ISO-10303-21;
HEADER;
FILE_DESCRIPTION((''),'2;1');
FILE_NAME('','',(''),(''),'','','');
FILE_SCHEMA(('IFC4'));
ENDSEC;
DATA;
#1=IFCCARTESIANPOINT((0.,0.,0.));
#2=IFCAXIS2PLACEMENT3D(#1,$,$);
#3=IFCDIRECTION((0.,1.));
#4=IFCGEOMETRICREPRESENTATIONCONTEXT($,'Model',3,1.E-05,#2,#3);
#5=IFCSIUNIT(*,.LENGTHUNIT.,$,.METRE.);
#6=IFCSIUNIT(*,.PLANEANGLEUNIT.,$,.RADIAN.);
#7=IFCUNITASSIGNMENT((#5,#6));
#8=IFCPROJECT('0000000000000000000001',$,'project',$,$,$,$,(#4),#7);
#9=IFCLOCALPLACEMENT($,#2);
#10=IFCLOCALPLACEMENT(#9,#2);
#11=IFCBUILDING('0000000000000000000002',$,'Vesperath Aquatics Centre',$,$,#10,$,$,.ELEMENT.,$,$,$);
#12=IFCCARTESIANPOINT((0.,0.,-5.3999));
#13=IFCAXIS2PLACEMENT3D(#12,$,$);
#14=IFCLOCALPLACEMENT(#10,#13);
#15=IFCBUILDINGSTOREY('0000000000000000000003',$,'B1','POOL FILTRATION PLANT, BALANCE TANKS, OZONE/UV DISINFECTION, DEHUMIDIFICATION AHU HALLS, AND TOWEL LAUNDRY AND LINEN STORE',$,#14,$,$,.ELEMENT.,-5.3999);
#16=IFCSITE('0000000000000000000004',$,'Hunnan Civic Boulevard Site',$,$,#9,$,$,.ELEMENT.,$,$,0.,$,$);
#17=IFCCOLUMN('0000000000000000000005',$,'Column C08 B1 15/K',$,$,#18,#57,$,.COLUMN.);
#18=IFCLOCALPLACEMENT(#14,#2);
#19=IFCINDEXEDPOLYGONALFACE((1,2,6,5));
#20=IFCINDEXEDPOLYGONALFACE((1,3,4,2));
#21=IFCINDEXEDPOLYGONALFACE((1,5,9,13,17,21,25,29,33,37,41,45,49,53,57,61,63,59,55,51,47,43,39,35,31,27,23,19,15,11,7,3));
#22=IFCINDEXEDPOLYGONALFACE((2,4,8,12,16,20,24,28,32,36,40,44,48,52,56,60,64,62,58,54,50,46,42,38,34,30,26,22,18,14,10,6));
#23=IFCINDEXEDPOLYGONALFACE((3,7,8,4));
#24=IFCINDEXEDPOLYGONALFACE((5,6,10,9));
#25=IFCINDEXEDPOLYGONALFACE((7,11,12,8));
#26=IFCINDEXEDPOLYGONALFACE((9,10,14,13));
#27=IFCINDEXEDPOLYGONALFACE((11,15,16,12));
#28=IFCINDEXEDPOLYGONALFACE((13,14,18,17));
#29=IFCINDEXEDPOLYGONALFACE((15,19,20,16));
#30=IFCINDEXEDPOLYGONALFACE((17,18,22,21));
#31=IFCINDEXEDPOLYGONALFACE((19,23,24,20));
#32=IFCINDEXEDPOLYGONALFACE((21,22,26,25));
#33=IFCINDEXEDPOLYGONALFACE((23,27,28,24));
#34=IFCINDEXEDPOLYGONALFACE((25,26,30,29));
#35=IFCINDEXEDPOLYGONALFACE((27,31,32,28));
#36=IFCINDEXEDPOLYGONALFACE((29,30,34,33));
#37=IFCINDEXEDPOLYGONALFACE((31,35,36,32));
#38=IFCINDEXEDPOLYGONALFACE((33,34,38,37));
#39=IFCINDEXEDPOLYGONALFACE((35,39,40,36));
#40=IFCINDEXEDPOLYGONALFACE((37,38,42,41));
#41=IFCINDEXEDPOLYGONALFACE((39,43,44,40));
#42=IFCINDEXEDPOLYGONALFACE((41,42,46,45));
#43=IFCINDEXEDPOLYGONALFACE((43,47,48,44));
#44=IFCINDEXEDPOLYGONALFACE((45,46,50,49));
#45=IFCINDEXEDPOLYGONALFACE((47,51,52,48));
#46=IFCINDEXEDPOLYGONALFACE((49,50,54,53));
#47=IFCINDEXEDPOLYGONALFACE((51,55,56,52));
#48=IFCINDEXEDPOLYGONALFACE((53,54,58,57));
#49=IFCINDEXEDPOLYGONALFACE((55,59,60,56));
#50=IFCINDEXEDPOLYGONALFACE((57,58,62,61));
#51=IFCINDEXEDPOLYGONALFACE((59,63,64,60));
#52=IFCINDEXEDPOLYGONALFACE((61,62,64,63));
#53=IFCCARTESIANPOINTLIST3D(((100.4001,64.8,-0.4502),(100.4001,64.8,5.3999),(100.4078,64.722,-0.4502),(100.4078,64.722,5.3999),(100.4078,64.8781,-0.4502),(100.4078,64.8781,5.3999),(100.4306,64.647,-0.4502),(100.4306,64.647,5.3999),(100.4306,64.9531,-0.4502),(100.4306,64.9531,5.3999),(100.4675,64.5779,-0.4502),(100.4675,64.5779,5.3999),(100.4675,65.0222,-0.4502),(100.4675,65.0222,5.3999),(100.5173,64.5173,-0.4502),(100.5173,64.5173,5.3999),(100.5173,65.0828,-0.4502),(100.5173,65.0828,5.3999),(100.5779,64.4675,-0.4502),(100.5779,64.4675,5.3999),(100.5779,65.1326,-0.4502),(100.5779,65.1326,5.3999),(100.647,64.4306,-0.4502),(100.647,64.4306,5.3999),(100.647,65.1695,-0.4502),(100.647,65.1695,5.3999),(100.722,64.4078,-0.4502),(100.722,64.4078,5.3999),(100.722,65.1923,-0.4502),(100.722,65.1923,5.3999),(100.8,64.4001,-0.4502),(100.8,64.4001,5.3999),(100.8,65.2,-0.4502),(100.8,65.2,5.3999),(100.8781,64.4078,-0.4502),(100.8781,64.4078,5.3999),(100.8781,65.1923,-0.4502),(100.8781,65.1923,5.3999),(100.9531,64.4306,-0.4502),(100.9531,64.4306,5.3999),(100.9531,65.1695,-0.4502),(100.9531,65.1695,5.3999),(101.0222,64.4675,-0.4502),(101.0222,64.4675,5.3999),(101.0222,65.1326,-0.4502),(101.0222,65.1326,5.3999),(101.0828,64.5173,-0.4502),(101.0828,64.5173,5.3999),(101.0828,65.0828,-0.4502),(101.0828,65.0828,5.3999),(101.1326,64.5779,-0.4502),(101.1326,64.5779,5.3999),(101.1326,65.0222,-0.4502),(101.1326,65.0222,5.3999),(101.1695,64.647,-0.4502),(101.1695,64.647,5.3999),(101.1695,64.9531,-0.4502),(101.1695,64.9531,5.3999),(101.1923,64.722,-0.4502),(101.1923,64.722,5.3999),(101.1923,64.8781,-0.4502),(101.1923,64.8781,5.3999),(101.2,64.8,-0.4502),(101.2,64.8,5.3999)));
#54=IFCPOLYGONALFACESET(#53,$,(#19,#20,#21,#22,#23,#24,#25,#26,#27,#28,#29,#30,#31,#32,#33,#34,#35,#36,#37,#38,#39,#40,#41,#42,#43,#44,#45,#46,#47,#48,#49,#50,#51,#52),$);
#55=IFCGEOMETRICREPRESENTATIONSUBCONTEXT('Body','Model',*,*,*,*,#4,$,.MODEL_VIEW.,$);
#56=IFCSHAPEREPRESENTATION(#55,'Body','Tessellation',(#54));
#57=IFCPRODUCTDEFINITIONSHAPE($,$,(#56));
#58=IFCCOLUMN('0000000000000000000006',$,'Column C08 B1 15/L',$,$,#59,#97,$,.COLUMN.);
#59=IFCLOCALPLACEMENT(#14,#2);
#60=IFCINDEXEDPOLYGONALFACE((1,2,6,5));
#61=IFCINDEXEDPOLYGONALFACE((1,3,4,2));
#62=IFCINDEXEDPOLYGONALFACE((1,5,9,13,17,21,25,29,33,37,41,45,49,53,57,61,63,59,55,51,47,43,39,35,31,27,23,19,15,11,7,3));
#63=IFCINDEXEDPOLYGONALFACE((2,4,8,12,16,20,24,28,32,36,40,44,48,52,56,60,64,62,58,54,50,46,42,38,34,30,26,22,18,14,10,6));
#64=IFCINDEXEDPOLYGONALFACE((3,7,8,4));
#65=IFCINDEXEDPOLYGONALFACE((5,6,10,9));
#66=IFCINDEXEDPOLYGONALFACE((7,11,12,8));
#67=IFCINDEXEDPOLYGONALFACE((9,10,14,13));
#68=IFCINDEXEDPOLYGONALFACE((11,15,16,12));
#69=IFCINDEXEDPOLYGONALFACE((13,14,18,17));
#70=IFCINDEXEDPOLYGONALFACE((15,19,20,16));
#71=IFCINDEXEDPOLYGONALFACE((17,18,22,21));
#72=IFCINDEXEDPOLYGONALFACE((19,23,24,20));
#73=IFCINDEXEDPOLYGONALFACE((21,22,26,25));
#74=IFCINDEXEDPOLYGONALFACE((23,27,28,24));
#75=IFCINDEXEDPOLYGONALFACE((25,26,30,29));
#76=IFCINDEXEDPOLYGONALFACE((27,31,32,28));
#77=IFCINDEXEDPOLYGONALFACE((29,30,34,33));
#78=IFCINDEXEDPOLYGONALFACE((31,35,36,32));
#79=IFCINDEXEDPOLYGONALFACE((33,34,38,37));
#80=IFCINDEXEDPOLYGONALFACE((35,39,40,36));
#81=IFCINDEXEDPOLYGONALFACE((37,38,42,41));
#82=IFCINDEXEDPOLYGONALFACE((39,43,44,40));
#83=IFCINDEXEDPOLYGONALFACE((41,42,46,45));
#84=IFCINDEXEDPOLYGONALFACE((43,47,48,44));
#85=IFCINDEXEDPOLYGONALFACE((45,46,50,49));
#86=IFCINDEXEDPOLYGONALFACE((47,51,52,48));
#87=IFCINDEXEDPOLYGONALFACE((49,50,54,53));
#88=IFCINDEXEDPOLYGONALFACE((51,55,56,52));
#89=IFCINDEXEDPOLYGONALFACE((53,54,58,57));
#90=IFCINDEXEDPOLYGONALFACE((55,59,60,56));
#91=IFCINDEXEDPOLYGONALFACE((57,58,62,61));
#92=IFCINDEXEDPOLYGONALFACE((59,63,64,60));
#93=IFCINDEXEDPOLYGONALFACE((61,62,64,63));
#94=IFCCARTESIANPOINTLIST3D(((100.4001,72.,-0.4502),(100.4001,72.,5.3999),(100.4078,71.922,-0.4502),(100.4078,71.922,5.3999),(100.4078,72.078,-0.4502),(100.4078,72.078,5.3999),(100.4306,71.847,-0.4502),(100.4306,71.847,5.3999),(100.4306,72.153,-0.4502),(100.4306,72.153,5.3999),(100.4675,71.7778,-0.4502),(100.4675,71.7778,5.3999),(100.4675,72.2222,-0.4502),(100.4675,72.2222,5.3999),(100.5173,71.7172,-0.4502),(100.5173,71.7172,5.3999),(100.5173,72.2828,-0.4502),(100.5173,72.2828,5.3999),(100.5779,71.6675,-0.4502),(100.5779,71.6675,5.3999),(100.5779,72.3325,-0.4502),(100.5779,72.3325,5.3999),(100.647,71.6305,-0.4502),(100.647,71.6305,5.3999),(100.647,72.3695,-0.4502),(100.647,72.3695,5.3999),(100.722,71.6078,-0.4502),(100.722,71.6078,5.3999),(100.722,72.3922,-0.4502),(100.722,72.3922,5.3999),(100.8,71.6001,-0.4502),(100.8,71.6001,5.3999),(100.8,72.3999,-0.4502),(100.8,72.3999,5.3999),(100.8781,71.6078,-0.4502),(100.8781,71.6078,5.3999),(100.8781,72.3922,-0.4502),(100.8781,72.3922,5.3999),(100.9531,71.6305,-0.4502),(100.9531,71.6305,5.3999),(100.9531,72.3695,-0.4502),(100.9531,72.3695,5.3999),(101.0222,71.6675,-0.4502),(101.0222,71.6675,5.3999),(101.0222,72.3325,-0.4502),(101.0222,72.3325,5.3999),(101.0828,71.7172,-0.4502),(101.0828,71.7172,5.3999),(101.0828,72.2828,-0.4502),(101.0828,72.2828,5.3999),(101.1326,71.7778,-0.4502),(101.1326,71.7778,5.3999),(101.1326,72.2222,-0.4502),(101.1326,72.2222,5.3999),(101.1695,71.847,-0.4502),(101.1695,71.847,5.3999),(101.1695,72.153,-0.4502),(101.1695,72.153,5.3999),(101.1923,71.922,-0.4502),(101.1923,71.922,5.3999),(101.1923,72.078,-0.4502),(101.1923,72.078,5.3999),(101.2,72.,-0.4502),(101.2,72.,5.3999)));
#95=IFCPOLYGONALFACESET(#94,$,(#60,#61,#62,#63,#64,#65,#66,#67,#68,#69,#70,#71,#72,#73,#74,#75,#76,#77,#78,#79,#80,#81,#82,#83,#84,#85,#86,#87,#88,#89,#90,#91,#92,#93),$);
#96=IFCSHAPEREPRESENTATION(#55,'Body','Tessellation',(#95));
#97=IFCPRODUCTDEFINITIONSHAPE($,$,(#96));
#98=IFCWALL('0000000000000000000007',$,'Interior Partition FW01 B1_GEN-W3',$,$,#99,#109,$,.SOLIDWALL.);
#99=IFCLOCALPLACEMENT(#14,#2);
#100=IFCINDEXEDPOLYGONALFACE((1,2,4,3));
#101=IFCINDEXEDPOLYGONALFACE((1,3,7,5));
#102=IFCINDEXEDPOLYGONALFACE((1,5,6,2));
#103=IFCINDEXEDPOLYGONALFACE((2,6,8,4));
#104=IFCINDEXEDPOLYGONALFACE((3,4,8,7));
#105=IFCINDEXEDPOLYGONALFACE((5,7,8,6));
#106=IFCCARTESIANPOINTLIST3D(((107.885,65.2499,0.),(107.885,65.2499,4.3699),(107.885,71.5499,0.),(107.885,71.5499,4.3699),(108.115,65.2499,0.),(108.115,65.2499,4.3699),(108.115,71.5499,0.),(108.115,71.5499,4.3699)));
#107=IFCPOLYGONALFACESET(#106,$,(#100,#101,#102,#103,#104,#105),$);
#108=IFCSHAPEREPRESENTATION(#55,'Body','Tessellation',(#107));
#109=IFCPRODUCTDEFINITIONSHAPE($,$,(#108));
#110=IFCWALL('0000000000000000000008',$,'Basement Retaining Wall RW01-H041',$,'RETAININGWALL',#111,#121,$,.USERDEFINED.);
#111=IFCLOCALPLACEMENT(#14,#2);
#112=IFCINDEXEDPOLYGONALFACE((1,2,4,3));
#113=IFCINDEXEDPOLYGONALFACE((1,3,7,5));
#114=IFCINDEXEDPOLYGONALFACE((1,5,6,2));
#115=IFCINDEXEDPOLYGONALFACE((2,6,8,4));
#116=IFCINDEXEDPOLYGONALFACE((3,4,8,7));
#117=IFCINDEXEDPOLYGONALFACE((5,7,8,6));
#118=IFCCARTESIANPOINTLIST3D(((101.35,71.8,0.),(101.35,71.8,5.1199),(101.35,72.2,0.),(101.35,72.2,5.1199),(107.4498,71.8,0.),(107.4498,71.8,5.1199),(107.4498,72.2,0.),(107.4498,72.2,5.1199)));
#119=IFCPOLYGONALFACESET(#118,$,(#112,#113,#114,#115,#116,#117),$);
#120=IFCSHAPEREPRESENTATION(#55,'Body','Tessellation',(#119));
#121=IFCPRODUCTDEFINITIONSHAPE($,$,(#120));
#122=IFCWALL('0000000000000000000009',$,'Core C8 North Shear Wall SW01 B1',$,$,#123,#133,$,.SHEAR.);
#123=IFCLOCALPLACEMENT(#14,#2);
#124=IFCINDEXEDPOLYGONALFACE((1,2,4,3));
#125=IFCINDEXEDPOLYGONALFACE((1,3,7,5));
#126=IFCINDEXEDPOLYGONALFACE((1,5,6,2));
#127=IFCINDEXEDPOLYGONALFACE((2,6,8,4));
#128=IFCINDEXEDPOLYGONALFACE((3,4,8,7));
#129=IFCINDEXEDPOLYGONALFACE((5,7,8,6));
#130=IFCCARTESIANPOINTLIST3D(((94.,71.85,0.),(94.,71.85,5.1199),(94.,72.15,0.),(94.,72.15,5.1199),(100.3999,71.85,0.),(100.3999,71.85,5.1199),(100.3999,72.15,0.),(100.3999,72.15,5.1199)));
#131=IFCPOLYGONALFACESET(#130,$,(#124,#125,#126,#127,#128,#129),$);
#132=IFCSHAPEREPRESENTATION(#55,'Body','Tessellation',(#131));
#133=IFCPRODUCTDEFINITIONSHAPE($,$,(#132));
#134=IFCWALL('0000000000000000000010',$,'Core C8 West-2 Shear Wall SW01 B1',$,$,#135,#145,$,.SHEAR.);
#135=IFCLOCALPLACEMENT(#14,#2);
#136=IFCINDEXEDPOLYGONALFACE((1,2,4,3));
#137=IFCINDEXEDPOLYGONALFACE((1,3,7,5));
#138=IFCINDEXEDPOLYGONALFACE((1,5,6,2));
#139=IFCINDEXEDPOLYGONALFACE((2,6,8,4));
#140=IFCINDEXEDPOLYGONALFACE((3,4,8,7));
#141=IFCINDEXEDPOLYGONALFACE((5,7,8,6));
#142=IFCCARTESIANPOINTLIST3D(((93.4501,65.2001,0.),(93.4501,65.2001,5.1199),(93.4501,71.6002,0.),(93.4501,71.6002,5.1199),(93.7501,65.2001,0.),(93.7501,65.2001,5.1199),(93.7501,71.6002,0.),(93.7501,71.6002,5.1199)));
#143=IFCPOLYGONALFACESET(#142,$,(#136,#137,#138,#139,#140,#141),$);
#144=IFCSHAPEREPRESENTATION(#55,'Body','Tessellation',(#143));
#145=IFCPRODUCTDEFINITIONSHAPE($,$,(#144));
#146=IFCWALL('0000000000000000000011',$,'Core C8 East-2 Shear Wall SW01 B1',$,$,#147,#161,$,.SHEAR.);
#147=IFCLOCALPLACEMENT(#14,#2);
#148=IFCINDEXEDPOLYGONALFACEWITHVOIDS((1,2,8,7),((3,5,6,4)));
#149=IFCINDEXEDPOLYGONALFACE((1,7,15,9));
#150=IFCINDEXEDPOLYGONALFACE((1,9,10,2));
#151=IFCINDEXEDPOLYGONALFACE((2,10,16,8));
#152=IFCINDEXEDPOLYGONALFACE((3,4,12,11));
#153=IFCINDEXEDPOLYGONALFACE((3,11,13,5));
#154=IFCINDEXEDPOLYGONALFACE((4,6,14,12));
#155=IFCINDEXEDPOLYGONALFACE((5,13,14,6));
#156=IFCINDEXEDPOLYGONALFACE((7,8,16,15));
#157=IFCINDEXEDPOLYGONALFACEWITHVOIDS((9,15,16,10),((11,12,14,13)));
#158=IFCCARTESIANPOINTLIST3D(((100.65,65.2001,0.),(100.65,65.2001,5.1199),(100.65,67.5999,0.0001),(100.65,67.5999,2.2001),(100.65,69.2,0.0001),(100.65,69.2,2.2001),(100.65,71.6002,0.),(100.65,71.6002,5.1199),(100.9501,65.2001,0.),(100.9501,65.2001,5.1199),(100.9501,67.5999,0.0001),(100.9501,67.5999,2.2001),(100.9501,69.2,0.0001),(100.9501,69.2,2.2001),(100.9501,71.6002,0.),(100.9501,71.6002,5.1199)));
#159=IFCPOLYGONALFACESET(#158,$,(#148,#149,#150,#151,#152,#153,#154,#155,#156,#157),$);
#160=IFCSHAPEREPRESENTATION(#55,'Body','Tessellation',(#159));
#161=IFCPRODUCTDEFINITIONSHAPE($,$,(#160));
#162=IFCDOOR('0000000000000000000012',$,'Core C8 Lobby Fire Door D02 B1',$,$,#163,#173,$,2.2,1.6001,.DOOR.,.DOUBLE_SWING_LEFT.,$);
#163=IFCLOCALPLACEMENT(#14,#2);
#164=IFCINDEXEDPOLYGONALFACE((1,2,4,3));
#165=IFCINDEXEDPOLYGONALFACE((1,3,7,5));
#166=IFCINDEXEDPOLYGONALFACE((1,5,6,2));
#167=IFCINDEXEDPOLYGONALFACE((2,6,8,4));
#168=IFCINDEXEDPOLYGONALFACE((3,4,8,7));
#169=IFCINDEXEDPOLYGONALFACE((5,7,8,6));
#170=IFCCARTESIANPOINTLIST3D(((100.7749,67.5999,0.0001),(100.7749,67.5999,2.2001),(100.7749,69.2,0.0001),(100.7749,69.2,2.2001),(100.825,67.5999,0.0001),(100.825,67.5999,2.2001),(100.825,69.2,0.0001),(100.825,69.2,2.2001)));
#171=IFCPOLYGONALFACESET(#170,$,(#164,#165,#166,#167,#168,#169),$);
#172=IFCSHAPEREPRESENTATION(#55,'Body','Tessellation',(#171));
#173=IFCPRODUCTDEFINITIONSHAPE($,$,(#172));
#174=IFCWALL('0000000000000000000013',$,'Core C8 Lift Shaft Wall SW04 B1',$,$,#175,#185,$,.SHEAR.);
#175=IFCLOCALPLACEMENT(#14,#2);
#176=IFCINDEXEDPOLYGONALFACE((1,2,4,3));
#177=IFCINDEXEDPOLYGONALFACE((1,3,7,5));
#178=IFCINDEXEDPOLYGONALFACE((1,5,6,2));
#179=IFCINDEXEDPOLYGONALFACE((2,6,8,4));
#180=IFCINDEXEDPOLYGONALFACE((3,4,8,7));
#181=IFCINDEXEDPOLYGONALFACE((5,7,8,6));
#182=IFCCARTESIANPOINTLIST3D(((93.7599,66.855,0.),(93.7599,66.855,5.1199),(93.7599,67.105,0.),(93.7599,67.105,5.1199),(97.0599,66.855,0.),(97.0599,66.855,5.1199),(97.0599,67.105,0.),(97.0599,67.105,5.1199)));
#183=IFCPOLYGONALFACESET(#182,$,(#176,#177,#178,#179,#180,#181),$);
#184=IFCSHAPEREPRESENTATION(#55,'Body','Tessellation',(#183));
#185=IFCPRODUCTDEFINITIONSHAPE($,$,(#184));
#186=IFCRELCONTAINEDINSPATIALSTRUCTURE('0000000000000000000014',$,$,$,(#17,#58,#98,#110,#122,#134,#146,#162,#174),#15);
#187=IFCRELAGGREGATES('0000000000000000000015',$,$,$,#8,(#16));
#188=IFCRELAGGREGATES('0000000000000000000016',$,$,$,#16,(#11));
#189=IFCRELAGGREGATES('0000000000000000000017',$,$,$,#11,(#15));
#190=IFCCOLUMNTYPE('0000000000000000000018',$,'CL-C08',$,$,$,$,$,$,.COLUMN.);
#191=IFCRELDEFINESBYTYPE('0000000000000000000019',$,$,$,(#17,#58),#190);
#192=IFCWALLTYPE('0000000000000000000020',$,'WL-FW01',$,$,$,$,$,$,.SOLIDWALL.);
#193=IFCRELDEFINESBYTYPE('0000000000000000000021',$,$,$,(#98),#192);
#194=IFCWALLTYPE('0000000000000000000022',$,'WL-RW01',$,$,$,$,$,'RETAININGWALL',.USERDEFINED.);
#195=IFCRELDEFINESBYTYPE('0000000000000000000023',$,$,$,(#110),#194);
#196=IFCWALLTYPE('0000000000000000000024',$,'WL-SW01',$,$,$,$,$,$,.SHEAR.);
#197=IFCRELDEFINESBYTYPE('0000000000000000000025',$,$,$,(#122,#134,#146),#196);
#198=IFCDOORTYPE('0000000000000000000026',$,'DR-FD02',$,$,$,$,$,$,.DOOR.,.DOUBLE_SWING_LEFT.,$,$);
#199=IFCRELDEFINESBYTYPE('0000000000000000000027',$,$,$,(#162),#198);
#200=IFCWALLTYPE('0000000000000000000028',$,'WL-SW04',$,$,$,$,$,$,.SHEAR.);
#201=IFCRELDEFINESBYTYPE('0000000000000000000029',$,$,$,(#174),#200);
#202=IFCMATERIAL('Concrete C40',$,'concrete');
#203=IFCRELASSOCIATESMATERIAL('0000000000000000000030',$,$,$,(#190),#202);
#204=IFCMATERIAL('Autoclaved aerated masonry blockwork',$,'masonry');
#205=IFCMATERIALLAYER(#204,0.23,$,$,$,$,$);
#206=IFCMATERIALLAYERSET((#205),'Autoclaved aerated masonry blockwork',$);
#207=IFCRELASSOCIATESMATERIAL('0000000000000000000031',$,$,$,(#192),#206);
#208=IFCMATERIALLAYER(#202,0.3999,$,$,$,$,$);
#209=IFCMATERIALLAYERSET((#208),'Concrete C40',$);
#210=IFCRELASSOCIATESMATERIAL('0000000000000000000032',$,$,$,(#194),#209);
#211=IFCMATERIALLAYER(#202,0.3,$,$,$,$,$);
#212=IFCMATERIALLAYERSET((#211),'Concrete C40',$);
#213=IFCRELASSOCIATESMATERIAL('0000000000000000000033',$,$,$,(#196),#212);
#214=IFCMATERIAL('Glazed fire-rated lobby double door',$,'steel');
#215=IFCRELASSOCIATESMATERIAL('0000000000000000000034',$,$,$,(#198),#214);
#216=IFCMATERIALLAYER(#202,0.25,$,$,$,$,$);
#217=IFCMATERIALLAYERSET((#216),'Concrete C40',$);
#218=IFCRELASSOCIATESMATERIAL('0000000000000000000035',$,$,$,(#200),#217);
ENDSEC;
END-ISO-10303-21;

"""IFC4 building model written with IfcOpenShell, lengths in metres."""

from ifc_helpers import new_model, si_unit, direction, frame, frame_2d, origin, origin_2d, place, context, subcontext, project, spatial, rectangle, circle, extrude, material, layer, layer_set, material_profile, profile_set, type_object, element, fill, save


model = new_model("IFC4")

# Units and contexts
model_context = context("Model", 3, precision=1e-05, world=origin(), true_north=direction((0.0, 1.0)))
body_context = subcontext(model_context, "Body", "Model", "MODEL_VIEW")
ifc_project = project(units=[si_unit("LENGTHUNIT", "METRE"), si_unit("PLANEANGLEUNIT", "RADIAN")], contexts=[model_context])

# Site, building, storey
site_placement = place(None, origin())
site = spatial("IfcSite", under=ifc_project, at=site_placement, Name="Hunnan Civic Boulevard Site", CompositionType="ELEMENT", RefElevation=0.0)
building_placement = place(site_placement, origin())
building = spatial("IfcBuilding", under=site, at=building_placement, Name="Vesperath Aquatics Centre", CompositionType="ELEMENT")
storey_placement = place(building_placement, frame((0.0, 0.0, -5.3999)))
storey = spatial("IfcBuildingStorey", under=building, at=storey_placement, Name="B1", Description="POOL FILTRATION PLANT, BALANCE TANKS, OZONE/UV DISINFECTION, DEHUMIDIFICATION AHU HALLS, AND TOWEL LAUNDRY AND LINEN STORE", CompositionType="ELEMENT", Elevation=-5.3999)

# Shared definitions
ifc_material_1 = material(Name="Concrete C40", Category="concrete")

# Columns
ifc_material_profile_1 = material_profile(ifc_material_1, circle(Radius=0.3999, at=origin_2d()), Name="RC D800")
ifc_profile_set_1 = profile_set([ifc_material_profile_1], Name="Concrete C40")
column_type_1 = type_object("IfcColumnType", Name="CL-C08", PredefinedType="COLUMN", material=ifc_profile_set_1)
for number, where, z_axis, x_axis, name in (
    (1, (100.8, 64.8, -0.4502), (0.0, 0.0, 1.0), (1.0, 0.0, 0.0), "Column C08 B1 15/K"),
    (2, (100.8, 72.0, -0.4502), (0.0, 0.0, 1.0), (1.0, 0.0, 0.0), "Column C08 B1 15/L"),
):
    element("IfcColumn", number, at=place(storey_placement, frame(where, z_axis=z_axis, x_axis=x_axis)), inside=storey, type_object=column_type_1, Name=name, PredefinedType="COLUMN", context=body_context, shape_type="SweptSolid", body=[
        extrude(circle(Radius=0.3999, at=origin_2d()), origin(), (0.0, 0.0, 1.0), 5.8501),
    ])

# Walls
ifc_material_2 = material(Name="Autoclaved aerated masonry blockwork", Category="masonry")
ifc_layer_1 = layer(ifc_material_2, 0.23)
ifc_layer_set_1 = layer_set([ifc_layer_1], Name="Autoclaved aerated masonry blockwork")
wall_type_1 = type_object("IfcWallType", Name="WL-FW01", PredefinedType="SOLIDWALL", material=ifc_layer_set_1)
wall_1_placement = place(storey_placement, frame((108.0, 65.25, 0.0), z_axis=(0.0, 0.0, 1.0), x_axis=(0.0, 1.0, 0.0)))
element("IfcWall", 3, at=wall_1_placement, inside=storey, type_object=wall_type_1, Name="Interior Partition FW01 B1_GEN-W3", PredefinedType="SOLIDWALL", context=body_context, shape_type="SweptSolid", body=[
    extrude(rectangle(XDim=6.3, YDim=0.23, at=frame_2d((3.1499, 0.0))), origin(), (0.0, 0.0, 1.0), 4.3699),
])
ifc_layer_2 = layer(ifc_material_1, 0.3999)
ifc_layer_set_2 = layer_set([ifc_layer_2], Name="Concrete C40")
wall_type_2 = type_object("IfcWallType", Name="WL-RW01", ElementType="RETAININGWALL", PredefinedType="USERDEFINED", material=ifc_layer_set_2)
wall_2_placement = place(storey_placement, frame((101.3501, 72.0, 0.0), z_axis=(0.0, 0.0, 1.0), x_axis=(1.0, 0.0, 0.0)))
element("IfcWall", 4, at=wall_2_placement, inside=storey, type_object=wall_type_2, Name="Basement Retaining Wall RW01-H041", ObjectType="RETAININGWALL", PredefinedType="USERDEFINED", context=body_context, shape_type="SweptSolid", body=[
    extrude(rectangle(XDim=6.0999, YDim=0.3999, at=frame_2d((3.0498, 0.0))), origin(), (0.0, 0.0, 1.0), 5.1199),
])
ifc_layer_3 = layer(ifc_material_1, 0.3)
ifc_layer_set_3 = layer_set([ifc_layer_3], Name="Concrete C40")
wall_type_3 = type_object("IfcWallType", Name="WL-SW01", PredefinedType="SHEAR", material=ifc_layer_set_3)
wall_3_placement = place(storey_placement, frame((94.0, 72.0, 0.0), z_axis=(0.0, 0.0, 1.0), x_axis=(1.0, 0.0, 0.0)))
element("IfcWall", 5, at=wall_3_placement, inside=storey, type_object=wall_type_3, Name="Core C8 North Shear Wall SW01 B1", PredefinedType="SHEAR", context=body_context, shape_type="SweptSolid", body=[
    extrude(rectangle(XDim=6.3999, YDim=0.3, at=frame_2d((3.2, 0.0))), origin(), (0.0, 0.0, 1.0), 5.1199),
])
wall_4_placement = place(storey_placement, frame((93.6001, 65.2, 0.0), z_axis=(0.0, 0.0, 1.0), x_axis=(0.0, 1.0, 0.0)))
element("IfcWall", 6, at=wall_4_placement, inside=storey, type_object=wall_type_3, Name="Core C8 West-2 Shear Wall SW01 B1", PredefinedType="SHEAR", context=body_context, shape_type="SweptSolid", body=[
    extrude(rectangle(XDim=6.4001, YDim=0.3, at=frame_2d((3.2002, 0.0))), origin(), (0.0, 0.0, 1.0), 5.1199),
])

# Wall, opening, door
wall_5_placement = place(storey_placement, frame((100.8, 65.2, 0.0), z_axis=(0.0, 0.0, 1.0), x_axis=(0.0, 1.0, 0.0)))
wall_5 = element("IfcWall", 7, at=wall_5_placement, inside=storey, type_object=wall_type_3, Name="Core C8 East-2 Shear Wall SW01 B1", PredefinedType="SHEAR", context=body_context, shape_type="SweptSolid", body=[
    extrude(rectangle(XDim=6.4001, YDim=0.3, at=frame_2d((3.2002, 0.0))), origin(), (0.0, 0.0, 1.0), 5.1199),
])
opening_placement = place(wall_5_placement, frame((2.3999, 0.0, 0.0)))
opening = element("IfcOpeningElement", 8, at=opening_placement, cuts=wall_5, PredefinedType="OPENING", context=body_context, shape_type="SweptSolid", body=[
    extrude(rectangle(XDim=1.6001, YDim=2.2, at=frame_2d((0.8, 1.1001))), frame((0.0, 0.165, 0.0), z_axis=(0.0, -1.0, 0.0), x_axis=(1.0, 0.0, 0.0)), (0.0, 0.0, 1.0), 0.3298),
])
ifc_material_3 = material(Name="Glazed fire-rated lobby double door", Category="steel")
door_type = type_object("IfcDoorType", Name="DR-FD02", OperationType="DOUBLE_SWING_LEFT", PredefinedType="DOOR", material=ifc_material_3)
door_placement = place(opening_placement, frame((1.6001, 0.0, 0.0), z_axis=(0.0, 0.0, 1.0), x_axis=(-1.0, 0.0, 0.0)))
door = element("IfcDoor", 9, at=door_placement, inside=storey, type_object=door_type, Name="Core C8 Lobby Fire Door D02 B1", OperationType="DOUBLE_SWING_LEFT", OverallHeight=2.2, OverallWidth=1.6001, PredefinedType="DOOR", context=body_context, shape_type="SweptSolid", body=[
    extrude(rectangle(XDim=1.6001, YDim=2.2, at=frame_2d((0.8, 1.1001))), frame((0.0, 0.0249, 0.0), z_axis=(0.0, -1.0, 0.0), x_axis=(1.0, 0.0, 0.0)), (0.0, 0.0, 1.0), 0.05),
])
fill(opening, door)

# Wall
ifc_layer_4 = layer(ifc_material_1, 0.25)
ifc_layer_set_4 = layer_set([ifc_layer_4], Name="Concrete C40")
wall_type_4 = type_object("IfcWallType", Name="WL-SW04", PredefinedType="SHEAR", material=ifc_layer_set_4)
wall_6_placement = place(storey_placement, frame((93.76, 66.98, 0.0), z_axis=(0.0, 0.0, 1.0), x_axis=(1.0, 0.0, 0.0)))
element("IfcWall", 10, at=wall_6_placement, inside=storey, type_object=wall_type_4, Name="Core C8 Lift Shaft Wall SW04 B1", PredefinedType="SHEAR", context=body_context, shape_type="SweptSolid", body=[
    extrude(rectangle(XDim=3.3, YDim=0.25, at=frame_2d((1.6499, 0.0))), origin(), (0.0, 0.0, 1.0), 5.1199),
])

save(model, "model.ifc")
